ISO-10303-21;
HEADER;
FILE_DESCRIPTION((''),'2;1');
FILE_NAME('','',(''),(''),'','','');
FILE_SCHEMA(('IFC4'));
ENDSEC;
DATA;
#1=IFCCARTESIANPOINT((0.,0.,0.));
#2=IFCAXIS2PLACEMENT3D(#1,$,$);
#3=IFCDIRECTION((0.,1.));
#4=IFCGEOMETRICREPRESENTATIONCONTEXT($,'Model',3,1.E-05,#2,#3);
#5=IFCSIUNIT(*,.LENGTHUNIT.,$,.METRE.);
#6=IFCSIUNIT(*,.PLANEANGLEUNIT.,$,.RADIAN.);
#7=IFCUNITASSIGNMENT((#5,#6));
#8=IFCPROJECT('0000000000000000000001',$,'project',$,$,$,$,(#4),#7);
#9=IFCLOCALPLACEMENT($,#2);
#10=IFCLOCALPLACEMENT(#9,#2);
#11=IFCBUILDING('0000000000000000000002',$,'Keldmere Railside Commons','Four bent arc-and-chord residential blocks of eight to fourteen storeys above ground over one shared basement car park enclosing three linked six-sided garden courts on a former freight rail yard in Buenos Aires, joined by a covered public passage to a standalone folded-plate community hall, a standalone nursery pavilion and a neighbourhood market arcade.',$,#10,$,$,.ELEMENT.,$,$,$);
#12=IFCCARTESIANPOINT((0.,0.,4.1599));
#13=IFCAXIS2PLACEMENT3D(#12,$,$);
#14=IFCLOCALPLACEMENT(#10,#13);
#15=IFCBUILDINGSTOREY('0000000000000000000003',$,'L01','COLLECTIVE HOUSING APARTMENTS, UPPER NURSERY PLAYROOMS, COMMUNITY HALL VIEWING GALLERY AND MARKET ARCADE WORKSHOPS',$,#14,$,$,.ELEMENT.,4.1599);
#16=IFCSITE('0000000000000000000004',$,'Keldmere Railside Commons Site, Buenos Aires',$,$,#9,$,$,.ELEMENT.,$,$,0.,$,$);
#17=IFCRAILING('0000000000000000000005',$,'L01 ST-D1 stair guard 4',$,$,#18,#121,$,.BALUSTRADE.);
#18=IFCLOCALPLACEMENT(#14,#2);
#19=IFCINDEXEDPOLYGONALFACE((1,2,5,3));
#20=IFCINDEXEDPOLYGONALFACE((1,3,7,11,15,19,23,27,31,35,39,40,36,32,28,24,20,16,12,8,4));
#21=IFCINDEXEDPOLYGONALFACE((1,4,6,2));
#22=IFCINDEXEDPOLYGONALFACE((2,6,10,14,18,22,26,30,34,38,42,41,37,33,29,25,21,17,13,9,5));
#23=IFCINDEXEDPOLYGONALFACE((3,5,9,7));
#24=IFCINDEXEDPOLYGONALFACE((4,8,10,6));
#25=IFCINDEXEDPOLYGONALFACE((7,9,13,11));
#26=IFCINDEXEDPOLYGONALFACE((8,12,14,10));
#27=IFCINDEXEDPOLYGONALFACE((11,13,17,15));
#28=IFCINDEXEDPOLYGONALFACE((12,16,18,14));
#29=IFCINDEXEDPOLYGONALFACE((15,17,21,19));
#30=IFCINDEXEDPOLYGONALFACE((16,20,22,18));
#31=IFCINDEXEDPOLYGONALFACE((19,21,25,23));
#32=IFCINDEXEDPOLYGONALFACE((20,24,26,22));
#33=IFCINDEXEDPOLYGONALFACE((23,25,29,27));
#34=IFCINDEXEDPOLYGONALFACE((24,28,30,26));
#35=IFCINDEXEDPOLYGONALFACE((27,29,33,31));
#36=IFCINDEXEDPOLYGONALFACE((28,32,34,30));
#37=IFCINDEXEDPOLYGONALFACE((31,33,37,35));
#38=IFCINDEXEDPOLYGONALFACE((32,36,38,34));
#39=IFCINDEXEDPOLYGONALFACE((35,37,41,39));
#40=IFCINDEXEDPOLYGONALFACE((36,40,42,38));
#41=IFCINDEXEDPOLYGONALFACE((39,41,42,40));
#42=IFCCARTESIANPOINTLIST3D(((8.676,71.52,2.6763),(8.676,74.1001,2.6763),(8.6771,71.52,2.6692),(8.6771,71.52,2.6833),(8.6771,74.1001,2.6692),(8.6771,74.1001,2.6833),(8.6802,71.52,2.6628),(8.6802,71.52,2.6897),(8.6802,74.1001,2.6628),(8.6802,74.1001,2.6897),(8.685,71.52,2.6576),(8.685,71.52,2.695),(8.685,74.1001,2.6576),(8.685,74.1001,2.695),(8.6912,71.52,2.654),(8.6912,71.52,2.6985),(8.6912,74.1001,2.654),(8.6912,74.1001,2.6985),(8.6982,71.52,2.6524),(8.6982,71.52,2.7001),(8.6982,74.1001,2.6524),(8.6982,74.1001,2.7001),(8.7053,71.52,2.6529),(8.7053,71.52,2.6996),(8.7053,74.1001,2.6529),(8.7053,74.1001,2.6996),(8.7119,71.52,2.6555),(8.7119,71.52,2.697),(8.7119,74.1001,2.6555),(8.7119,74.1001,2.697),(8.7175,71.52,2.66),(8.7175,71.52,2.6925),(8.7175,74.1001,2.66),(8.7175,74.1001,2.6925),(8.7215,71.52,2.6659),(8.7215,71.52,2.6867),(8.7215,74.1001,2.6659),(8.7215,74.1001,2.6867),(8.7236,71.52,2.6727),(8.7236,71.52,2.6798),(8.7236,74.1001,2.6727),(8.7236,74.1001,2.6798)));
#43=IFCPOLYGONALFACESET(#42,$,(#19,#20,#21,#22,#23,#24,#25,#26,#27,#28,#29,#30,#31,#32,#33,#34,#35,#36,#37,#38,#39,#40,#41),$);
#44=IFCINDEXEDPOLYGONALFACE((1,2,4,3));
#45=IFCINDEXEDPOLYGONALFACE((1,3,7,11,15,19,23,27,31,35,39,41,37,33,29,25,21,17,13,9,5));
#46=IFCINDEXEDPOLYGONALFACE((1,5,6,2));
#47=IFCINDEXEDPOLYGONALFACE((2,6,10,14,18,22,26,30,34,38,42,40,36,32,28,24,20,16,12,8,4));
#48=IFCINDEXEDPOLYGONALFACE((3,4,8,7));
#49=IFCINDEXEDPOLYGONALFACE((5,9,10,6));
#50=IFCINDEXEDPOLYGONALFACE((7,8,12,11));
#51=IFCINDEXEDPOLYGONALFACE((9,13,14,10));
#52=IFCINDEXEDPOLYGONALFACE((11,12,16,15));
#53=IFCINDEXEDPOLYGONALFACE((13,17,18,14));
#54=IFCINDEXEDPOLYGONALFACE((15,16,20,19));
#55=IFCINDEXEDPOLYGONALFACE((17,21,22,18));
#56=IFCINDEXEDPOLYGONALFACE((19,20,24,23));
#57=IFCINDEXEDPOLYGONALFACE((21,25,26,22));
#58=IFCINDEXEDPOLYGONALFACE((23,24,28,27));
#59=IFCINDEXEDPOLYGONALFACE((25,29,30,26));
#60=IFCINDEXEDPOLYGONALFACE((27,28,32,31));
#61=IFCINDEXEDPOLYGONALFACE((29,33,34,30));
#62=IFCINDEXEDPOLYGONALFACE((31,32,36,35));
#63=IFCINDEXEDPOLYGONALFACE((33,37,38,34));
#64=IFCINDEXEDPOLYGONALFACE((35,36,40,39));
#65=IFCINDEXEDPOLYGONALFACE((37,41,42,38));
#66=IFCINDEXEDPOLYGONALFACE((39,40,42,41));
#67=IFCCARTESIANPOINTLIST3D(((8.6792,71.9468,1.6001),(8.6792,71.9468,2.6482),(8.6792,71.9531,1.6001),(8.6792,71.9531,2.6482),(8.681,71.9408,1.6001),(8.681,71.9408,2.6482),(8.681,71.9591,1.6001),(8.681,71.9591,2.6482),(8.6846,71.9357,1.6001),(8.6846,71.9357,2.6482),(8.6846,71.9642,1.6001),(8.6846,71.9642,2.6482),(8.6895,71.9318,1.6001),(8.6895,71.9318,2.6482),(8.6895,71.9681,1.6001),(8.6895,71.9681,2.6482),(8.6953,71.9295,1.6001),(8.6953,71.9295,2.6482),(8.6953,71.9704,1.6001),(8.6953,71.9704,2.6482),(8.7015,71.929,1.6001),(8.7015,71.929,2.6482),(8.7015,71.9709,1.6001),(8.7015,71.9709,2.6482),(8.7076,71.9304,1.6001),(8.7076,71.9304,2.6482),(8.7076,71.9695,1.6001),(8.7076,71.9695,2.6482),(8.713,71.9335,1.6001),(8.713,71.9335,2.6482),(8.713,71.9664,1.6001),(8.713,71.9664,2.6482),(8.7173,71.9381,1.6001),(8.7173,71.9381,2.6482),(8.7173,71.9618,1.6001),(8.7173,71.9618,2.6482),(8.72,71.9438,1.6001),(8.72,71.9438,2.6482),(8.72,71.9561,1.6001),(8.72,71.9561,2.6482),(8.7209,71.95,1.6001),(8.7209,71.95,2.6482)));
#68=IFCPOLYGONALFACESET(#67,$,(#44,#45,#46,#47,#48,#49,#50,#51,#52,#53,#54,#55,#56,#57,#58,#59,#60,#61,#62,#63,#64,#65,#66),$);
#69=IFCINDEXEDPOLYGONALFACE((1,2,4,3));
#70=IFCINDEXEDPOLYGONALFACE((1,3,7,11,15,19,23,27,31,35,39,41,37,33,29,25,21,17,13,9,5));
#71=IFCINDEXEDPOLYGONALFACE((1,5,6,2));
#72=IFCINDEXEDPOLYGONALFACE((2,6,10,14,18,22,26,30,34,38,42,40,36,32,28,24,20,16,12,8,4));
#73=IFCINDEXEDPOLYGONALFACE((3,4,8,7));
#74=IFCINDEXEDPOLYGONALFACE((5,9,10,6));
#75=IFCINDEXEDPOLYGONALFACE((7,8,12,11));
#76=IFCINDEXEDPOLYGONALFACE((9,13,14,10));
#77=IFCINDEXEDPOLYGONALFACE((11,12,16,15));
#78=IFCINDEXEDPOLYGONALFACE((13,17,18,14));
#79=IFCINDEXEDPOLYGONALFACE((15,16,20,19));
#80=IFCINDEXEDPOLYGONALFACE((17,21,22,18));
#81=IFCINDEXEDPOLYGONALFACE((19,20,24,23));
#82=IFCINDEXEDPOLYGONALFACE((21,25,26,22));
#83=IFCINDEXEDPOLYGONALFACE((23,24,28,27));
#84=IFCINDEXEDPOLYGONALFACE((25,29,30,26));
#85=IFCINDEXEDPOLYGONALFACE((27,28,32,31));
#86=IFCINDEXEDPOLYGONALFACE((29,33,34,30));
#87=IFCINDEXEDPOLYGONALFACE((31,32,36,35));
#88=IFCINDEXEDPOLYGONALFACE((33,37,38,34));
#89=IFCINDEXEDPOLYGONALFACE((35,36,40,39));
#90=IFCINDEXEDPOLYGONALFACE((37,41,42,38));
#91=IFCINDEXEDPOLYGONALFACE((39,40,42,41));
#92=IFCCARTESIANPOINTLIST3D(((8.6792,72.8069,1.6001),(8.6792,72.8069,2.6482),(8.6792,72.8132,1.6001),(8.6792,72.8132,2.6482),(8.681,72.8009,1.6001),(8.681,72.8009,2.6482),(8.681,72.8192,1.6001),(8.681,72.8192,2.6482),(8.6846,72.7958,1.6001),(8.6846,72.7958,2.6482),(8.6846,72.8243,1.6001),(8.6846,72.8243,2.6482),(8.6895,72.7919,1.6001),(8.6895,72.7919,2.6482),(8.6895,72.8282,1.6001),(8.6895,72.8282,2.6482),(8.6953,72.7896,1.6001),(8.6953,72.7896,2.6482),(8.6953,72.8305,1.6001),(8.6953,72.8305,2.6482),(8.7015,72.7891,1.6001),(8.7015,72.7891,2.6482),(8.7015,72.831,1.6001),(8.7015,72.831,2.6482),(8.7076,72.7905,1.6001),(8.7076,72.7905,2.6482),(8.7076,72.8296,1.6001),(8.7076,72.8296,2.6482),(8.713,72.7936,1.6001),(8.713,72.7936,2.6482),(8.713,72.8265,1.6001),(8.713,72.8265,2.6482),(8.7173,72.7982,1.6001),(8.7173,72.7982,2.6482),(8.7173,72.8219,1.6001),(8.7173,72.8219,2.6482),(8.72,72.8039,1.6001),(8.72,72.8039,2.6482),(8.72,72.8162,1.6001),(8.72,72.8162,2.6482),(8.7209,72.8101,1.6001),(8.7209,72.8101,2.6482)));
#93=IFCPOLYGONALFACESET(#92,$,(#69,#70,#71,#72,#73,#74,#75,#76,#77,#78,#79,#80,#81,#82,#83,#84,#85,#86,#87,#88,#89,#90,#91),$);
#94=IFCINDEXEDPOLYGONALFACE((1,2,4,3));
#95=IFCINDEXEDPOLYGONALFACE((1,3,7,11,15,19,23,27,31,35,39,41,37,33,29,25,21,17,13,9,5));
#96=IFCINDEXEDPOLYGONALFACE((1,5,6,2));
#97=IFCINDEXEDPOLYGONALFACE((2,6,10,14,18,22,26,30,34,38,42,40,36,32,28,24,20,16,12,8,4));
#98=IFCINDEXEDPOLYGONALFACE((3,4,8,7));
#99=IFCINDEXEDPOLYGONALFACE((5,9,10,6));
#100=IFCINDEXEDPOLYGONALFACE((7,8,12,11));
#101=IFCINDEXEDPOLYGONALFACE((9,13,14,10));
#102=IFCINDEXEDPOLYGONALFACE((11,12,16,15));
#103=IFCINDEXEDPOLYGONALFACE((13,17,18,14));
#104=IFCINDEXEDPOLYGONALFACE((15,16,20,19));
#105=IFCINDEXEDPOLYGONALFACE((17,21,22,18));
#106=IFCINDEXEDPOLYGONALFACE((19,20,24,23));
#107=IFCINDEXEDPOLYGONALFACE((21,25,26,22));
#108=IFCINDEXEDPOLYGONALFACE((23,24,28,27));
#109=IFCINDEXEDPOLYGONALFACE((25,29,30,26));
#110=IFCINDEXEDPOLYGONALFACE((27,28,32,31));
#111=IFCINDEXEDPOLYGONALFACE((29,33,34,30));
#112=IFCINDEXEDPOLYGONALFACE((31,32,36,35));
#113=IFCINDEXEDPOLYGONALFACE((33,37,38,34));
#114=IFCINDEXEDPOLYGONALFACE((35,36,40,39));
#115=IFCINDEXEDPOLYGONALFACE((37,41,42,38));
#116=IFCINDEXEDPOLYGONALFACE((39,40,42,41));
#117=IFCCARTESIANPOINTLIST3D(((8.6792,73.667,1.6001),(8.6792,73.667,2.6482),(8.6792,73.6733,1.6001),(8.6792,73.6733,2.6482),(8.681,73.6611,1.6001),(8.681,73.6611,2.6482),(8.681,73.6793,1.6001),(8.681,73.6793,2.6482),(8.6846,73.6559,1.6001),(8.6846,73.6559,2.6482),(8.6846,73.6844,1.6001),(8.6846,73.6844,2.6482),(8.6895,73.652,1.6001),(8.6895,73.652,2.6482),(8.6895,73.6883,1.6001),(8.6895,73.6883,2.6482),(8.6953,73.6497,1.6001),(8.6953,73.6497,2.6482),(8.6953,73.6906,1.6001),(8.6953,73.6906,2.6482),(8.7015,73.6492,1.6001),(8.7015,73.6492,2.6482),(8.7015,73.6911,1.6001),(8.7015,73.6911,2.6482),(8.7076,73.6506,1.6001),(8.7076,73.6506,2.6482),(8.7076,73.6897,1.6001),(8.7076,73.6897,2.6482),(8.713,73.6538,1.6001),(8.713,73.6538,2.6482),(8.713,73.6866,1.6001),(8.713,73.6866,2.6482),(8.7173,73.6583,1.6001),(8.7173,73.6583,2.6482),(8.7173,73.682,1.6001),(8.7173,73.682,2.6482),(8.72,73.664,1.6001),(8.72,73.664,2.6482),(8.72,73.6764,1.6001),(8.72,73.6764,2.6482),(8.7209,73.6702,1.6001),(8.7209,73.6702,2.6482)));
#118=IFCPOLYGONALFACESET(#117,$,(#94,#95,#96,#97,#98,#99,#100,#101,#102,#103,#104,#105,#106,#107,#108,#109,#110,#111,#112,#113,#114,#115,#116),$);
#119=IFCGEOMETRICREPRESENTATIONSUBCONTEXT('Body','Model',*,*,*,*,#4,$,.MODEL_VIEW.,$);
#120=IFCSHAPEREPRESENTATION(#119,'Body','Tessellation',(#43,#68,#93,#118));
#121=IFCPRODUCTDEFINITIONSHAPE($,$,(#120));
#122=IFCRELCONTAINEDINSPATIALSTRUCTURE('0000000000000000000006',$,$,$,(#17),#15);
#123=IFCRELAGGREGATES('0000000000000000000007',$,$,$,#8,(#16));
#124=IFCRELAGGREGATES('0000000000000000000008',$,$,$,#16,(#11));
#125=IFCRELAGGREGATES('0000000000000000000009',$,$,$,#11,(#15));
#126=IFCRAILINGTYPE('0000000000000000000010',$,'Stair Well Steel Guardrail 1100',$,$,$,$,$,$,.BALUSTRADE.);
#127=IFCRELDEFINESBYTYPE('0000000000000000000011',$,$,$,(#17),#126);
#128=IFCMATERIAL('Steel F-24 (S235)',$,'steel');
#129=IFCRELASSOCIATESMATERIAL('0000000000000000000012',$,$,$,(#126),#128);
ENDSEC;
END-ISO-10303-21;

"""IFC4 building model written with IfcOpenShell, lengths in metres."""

from ifc_helpers import new_model, si_unit, direction, frame, origin, origin_2d, place, context, subcontext, project, spatial, circle, extrude, material, type_object, element, save


model = new_model("IFC4")

# Units and contexts
model_context = context("Model", 3, precision=1e-05, world=origin(), true_north=direction((0.0, 1.0)))
body_context = subcontext(model_context, "Body", "Model", "MODEL_VIEW")
ifc_project = project(units=[si_unit("LENGTHUNIT", "METRE"), si_unit("PLANEANGLEUNIT", "RADIAN")], contexts=[model_context])

# Site, building, storey
site_placement = place(None, origin())
site = spatial("IfcSite", under=ifc_project, at=site_placement, Name="Keldmere Railside Commons Site, Buenos Aires", CompositionType="ELEMENT", RefElevation=0.0)
building_placement = place(site_placement, origin())
building = spatial("IfcBuilding", under=site, at=building_placement, Name="Keldmere Railside Commons", Description="Four bent arc-and-chord residential blocks of eight to fourteen storeys above ground over one shared basement car park enclosing three linked six-sided garden courts on a former freight rail yard in Buenos Aires, joined by a covered public passage to a standalone folded-plate community hall, a standalone nursery pavilion and a neighbourhood market arcade.", CompositionType="ELEMENT")
storey_placement = place(building_placement, frame((0.0, 0.0, 4.1599)))
storey = spatial("IfcBuildingStorey", under=building, at=storey_placement, Name="L01", Description="COLLECTIVE HOUSING APARTMENTS, UPPER NURSERY PLAYROOMS, COMMUNITY HALL VIEWING GALLERY AND MARKET ARCADE WORKSHOPS", CompositionType="ELEMENT", Elevation=4.1599)

# Shared definitions
ifc_material_1 = material(Name="Steel F-24 (S235)", Category="steel")

# Railing
railing_type_1 = type_object("IfcRailingType", Name="Stair Well Steel Guardrail 1100", PredefinedType="BALUSTRADE", material=ifc_material_1)
for number, where, name in (
    (1, (8.7, 71.52, 1.6001), "L01 ST-D1 stair guard 4"),
):
    element("IfcRailing", number, at=place(storey_placement, frame(where)), inside=storey, type_object=railing_type_1, Name=name, PredefinedType="BALUSTRADE", context=body_context, shape_type="SweptSolid", body=[
        extrude(circle(Radius=0.0239, at=origin_2d()), frame((0.0, 0.0, 1.0762), z_axis=(0.0, 1.0, 0.0), x_axis=(-1.0, 0.0, 0.0)), (0.0, 0.0, 1.0), 2.5801),
        extrude(circle(Radius=0.021, at=origin_2d()), frame((0.0, 0.4299, 0.0)), (0.0, 0.0, 1.0), 1.0481),
        extrude(circle(Radius=0.021, at=origin_2d()), frame((0.0, 1.29, 0.0)), (0.0, 0.0, 1.0), 1.0481),
        extrude(circle(Radius=0.021, at=origin_2d()), frame((0.0, 2.1501, 0.0)), (0.0, 0.0, 1.0), 1.0481),
    ])

save(model, "model.ifc")
